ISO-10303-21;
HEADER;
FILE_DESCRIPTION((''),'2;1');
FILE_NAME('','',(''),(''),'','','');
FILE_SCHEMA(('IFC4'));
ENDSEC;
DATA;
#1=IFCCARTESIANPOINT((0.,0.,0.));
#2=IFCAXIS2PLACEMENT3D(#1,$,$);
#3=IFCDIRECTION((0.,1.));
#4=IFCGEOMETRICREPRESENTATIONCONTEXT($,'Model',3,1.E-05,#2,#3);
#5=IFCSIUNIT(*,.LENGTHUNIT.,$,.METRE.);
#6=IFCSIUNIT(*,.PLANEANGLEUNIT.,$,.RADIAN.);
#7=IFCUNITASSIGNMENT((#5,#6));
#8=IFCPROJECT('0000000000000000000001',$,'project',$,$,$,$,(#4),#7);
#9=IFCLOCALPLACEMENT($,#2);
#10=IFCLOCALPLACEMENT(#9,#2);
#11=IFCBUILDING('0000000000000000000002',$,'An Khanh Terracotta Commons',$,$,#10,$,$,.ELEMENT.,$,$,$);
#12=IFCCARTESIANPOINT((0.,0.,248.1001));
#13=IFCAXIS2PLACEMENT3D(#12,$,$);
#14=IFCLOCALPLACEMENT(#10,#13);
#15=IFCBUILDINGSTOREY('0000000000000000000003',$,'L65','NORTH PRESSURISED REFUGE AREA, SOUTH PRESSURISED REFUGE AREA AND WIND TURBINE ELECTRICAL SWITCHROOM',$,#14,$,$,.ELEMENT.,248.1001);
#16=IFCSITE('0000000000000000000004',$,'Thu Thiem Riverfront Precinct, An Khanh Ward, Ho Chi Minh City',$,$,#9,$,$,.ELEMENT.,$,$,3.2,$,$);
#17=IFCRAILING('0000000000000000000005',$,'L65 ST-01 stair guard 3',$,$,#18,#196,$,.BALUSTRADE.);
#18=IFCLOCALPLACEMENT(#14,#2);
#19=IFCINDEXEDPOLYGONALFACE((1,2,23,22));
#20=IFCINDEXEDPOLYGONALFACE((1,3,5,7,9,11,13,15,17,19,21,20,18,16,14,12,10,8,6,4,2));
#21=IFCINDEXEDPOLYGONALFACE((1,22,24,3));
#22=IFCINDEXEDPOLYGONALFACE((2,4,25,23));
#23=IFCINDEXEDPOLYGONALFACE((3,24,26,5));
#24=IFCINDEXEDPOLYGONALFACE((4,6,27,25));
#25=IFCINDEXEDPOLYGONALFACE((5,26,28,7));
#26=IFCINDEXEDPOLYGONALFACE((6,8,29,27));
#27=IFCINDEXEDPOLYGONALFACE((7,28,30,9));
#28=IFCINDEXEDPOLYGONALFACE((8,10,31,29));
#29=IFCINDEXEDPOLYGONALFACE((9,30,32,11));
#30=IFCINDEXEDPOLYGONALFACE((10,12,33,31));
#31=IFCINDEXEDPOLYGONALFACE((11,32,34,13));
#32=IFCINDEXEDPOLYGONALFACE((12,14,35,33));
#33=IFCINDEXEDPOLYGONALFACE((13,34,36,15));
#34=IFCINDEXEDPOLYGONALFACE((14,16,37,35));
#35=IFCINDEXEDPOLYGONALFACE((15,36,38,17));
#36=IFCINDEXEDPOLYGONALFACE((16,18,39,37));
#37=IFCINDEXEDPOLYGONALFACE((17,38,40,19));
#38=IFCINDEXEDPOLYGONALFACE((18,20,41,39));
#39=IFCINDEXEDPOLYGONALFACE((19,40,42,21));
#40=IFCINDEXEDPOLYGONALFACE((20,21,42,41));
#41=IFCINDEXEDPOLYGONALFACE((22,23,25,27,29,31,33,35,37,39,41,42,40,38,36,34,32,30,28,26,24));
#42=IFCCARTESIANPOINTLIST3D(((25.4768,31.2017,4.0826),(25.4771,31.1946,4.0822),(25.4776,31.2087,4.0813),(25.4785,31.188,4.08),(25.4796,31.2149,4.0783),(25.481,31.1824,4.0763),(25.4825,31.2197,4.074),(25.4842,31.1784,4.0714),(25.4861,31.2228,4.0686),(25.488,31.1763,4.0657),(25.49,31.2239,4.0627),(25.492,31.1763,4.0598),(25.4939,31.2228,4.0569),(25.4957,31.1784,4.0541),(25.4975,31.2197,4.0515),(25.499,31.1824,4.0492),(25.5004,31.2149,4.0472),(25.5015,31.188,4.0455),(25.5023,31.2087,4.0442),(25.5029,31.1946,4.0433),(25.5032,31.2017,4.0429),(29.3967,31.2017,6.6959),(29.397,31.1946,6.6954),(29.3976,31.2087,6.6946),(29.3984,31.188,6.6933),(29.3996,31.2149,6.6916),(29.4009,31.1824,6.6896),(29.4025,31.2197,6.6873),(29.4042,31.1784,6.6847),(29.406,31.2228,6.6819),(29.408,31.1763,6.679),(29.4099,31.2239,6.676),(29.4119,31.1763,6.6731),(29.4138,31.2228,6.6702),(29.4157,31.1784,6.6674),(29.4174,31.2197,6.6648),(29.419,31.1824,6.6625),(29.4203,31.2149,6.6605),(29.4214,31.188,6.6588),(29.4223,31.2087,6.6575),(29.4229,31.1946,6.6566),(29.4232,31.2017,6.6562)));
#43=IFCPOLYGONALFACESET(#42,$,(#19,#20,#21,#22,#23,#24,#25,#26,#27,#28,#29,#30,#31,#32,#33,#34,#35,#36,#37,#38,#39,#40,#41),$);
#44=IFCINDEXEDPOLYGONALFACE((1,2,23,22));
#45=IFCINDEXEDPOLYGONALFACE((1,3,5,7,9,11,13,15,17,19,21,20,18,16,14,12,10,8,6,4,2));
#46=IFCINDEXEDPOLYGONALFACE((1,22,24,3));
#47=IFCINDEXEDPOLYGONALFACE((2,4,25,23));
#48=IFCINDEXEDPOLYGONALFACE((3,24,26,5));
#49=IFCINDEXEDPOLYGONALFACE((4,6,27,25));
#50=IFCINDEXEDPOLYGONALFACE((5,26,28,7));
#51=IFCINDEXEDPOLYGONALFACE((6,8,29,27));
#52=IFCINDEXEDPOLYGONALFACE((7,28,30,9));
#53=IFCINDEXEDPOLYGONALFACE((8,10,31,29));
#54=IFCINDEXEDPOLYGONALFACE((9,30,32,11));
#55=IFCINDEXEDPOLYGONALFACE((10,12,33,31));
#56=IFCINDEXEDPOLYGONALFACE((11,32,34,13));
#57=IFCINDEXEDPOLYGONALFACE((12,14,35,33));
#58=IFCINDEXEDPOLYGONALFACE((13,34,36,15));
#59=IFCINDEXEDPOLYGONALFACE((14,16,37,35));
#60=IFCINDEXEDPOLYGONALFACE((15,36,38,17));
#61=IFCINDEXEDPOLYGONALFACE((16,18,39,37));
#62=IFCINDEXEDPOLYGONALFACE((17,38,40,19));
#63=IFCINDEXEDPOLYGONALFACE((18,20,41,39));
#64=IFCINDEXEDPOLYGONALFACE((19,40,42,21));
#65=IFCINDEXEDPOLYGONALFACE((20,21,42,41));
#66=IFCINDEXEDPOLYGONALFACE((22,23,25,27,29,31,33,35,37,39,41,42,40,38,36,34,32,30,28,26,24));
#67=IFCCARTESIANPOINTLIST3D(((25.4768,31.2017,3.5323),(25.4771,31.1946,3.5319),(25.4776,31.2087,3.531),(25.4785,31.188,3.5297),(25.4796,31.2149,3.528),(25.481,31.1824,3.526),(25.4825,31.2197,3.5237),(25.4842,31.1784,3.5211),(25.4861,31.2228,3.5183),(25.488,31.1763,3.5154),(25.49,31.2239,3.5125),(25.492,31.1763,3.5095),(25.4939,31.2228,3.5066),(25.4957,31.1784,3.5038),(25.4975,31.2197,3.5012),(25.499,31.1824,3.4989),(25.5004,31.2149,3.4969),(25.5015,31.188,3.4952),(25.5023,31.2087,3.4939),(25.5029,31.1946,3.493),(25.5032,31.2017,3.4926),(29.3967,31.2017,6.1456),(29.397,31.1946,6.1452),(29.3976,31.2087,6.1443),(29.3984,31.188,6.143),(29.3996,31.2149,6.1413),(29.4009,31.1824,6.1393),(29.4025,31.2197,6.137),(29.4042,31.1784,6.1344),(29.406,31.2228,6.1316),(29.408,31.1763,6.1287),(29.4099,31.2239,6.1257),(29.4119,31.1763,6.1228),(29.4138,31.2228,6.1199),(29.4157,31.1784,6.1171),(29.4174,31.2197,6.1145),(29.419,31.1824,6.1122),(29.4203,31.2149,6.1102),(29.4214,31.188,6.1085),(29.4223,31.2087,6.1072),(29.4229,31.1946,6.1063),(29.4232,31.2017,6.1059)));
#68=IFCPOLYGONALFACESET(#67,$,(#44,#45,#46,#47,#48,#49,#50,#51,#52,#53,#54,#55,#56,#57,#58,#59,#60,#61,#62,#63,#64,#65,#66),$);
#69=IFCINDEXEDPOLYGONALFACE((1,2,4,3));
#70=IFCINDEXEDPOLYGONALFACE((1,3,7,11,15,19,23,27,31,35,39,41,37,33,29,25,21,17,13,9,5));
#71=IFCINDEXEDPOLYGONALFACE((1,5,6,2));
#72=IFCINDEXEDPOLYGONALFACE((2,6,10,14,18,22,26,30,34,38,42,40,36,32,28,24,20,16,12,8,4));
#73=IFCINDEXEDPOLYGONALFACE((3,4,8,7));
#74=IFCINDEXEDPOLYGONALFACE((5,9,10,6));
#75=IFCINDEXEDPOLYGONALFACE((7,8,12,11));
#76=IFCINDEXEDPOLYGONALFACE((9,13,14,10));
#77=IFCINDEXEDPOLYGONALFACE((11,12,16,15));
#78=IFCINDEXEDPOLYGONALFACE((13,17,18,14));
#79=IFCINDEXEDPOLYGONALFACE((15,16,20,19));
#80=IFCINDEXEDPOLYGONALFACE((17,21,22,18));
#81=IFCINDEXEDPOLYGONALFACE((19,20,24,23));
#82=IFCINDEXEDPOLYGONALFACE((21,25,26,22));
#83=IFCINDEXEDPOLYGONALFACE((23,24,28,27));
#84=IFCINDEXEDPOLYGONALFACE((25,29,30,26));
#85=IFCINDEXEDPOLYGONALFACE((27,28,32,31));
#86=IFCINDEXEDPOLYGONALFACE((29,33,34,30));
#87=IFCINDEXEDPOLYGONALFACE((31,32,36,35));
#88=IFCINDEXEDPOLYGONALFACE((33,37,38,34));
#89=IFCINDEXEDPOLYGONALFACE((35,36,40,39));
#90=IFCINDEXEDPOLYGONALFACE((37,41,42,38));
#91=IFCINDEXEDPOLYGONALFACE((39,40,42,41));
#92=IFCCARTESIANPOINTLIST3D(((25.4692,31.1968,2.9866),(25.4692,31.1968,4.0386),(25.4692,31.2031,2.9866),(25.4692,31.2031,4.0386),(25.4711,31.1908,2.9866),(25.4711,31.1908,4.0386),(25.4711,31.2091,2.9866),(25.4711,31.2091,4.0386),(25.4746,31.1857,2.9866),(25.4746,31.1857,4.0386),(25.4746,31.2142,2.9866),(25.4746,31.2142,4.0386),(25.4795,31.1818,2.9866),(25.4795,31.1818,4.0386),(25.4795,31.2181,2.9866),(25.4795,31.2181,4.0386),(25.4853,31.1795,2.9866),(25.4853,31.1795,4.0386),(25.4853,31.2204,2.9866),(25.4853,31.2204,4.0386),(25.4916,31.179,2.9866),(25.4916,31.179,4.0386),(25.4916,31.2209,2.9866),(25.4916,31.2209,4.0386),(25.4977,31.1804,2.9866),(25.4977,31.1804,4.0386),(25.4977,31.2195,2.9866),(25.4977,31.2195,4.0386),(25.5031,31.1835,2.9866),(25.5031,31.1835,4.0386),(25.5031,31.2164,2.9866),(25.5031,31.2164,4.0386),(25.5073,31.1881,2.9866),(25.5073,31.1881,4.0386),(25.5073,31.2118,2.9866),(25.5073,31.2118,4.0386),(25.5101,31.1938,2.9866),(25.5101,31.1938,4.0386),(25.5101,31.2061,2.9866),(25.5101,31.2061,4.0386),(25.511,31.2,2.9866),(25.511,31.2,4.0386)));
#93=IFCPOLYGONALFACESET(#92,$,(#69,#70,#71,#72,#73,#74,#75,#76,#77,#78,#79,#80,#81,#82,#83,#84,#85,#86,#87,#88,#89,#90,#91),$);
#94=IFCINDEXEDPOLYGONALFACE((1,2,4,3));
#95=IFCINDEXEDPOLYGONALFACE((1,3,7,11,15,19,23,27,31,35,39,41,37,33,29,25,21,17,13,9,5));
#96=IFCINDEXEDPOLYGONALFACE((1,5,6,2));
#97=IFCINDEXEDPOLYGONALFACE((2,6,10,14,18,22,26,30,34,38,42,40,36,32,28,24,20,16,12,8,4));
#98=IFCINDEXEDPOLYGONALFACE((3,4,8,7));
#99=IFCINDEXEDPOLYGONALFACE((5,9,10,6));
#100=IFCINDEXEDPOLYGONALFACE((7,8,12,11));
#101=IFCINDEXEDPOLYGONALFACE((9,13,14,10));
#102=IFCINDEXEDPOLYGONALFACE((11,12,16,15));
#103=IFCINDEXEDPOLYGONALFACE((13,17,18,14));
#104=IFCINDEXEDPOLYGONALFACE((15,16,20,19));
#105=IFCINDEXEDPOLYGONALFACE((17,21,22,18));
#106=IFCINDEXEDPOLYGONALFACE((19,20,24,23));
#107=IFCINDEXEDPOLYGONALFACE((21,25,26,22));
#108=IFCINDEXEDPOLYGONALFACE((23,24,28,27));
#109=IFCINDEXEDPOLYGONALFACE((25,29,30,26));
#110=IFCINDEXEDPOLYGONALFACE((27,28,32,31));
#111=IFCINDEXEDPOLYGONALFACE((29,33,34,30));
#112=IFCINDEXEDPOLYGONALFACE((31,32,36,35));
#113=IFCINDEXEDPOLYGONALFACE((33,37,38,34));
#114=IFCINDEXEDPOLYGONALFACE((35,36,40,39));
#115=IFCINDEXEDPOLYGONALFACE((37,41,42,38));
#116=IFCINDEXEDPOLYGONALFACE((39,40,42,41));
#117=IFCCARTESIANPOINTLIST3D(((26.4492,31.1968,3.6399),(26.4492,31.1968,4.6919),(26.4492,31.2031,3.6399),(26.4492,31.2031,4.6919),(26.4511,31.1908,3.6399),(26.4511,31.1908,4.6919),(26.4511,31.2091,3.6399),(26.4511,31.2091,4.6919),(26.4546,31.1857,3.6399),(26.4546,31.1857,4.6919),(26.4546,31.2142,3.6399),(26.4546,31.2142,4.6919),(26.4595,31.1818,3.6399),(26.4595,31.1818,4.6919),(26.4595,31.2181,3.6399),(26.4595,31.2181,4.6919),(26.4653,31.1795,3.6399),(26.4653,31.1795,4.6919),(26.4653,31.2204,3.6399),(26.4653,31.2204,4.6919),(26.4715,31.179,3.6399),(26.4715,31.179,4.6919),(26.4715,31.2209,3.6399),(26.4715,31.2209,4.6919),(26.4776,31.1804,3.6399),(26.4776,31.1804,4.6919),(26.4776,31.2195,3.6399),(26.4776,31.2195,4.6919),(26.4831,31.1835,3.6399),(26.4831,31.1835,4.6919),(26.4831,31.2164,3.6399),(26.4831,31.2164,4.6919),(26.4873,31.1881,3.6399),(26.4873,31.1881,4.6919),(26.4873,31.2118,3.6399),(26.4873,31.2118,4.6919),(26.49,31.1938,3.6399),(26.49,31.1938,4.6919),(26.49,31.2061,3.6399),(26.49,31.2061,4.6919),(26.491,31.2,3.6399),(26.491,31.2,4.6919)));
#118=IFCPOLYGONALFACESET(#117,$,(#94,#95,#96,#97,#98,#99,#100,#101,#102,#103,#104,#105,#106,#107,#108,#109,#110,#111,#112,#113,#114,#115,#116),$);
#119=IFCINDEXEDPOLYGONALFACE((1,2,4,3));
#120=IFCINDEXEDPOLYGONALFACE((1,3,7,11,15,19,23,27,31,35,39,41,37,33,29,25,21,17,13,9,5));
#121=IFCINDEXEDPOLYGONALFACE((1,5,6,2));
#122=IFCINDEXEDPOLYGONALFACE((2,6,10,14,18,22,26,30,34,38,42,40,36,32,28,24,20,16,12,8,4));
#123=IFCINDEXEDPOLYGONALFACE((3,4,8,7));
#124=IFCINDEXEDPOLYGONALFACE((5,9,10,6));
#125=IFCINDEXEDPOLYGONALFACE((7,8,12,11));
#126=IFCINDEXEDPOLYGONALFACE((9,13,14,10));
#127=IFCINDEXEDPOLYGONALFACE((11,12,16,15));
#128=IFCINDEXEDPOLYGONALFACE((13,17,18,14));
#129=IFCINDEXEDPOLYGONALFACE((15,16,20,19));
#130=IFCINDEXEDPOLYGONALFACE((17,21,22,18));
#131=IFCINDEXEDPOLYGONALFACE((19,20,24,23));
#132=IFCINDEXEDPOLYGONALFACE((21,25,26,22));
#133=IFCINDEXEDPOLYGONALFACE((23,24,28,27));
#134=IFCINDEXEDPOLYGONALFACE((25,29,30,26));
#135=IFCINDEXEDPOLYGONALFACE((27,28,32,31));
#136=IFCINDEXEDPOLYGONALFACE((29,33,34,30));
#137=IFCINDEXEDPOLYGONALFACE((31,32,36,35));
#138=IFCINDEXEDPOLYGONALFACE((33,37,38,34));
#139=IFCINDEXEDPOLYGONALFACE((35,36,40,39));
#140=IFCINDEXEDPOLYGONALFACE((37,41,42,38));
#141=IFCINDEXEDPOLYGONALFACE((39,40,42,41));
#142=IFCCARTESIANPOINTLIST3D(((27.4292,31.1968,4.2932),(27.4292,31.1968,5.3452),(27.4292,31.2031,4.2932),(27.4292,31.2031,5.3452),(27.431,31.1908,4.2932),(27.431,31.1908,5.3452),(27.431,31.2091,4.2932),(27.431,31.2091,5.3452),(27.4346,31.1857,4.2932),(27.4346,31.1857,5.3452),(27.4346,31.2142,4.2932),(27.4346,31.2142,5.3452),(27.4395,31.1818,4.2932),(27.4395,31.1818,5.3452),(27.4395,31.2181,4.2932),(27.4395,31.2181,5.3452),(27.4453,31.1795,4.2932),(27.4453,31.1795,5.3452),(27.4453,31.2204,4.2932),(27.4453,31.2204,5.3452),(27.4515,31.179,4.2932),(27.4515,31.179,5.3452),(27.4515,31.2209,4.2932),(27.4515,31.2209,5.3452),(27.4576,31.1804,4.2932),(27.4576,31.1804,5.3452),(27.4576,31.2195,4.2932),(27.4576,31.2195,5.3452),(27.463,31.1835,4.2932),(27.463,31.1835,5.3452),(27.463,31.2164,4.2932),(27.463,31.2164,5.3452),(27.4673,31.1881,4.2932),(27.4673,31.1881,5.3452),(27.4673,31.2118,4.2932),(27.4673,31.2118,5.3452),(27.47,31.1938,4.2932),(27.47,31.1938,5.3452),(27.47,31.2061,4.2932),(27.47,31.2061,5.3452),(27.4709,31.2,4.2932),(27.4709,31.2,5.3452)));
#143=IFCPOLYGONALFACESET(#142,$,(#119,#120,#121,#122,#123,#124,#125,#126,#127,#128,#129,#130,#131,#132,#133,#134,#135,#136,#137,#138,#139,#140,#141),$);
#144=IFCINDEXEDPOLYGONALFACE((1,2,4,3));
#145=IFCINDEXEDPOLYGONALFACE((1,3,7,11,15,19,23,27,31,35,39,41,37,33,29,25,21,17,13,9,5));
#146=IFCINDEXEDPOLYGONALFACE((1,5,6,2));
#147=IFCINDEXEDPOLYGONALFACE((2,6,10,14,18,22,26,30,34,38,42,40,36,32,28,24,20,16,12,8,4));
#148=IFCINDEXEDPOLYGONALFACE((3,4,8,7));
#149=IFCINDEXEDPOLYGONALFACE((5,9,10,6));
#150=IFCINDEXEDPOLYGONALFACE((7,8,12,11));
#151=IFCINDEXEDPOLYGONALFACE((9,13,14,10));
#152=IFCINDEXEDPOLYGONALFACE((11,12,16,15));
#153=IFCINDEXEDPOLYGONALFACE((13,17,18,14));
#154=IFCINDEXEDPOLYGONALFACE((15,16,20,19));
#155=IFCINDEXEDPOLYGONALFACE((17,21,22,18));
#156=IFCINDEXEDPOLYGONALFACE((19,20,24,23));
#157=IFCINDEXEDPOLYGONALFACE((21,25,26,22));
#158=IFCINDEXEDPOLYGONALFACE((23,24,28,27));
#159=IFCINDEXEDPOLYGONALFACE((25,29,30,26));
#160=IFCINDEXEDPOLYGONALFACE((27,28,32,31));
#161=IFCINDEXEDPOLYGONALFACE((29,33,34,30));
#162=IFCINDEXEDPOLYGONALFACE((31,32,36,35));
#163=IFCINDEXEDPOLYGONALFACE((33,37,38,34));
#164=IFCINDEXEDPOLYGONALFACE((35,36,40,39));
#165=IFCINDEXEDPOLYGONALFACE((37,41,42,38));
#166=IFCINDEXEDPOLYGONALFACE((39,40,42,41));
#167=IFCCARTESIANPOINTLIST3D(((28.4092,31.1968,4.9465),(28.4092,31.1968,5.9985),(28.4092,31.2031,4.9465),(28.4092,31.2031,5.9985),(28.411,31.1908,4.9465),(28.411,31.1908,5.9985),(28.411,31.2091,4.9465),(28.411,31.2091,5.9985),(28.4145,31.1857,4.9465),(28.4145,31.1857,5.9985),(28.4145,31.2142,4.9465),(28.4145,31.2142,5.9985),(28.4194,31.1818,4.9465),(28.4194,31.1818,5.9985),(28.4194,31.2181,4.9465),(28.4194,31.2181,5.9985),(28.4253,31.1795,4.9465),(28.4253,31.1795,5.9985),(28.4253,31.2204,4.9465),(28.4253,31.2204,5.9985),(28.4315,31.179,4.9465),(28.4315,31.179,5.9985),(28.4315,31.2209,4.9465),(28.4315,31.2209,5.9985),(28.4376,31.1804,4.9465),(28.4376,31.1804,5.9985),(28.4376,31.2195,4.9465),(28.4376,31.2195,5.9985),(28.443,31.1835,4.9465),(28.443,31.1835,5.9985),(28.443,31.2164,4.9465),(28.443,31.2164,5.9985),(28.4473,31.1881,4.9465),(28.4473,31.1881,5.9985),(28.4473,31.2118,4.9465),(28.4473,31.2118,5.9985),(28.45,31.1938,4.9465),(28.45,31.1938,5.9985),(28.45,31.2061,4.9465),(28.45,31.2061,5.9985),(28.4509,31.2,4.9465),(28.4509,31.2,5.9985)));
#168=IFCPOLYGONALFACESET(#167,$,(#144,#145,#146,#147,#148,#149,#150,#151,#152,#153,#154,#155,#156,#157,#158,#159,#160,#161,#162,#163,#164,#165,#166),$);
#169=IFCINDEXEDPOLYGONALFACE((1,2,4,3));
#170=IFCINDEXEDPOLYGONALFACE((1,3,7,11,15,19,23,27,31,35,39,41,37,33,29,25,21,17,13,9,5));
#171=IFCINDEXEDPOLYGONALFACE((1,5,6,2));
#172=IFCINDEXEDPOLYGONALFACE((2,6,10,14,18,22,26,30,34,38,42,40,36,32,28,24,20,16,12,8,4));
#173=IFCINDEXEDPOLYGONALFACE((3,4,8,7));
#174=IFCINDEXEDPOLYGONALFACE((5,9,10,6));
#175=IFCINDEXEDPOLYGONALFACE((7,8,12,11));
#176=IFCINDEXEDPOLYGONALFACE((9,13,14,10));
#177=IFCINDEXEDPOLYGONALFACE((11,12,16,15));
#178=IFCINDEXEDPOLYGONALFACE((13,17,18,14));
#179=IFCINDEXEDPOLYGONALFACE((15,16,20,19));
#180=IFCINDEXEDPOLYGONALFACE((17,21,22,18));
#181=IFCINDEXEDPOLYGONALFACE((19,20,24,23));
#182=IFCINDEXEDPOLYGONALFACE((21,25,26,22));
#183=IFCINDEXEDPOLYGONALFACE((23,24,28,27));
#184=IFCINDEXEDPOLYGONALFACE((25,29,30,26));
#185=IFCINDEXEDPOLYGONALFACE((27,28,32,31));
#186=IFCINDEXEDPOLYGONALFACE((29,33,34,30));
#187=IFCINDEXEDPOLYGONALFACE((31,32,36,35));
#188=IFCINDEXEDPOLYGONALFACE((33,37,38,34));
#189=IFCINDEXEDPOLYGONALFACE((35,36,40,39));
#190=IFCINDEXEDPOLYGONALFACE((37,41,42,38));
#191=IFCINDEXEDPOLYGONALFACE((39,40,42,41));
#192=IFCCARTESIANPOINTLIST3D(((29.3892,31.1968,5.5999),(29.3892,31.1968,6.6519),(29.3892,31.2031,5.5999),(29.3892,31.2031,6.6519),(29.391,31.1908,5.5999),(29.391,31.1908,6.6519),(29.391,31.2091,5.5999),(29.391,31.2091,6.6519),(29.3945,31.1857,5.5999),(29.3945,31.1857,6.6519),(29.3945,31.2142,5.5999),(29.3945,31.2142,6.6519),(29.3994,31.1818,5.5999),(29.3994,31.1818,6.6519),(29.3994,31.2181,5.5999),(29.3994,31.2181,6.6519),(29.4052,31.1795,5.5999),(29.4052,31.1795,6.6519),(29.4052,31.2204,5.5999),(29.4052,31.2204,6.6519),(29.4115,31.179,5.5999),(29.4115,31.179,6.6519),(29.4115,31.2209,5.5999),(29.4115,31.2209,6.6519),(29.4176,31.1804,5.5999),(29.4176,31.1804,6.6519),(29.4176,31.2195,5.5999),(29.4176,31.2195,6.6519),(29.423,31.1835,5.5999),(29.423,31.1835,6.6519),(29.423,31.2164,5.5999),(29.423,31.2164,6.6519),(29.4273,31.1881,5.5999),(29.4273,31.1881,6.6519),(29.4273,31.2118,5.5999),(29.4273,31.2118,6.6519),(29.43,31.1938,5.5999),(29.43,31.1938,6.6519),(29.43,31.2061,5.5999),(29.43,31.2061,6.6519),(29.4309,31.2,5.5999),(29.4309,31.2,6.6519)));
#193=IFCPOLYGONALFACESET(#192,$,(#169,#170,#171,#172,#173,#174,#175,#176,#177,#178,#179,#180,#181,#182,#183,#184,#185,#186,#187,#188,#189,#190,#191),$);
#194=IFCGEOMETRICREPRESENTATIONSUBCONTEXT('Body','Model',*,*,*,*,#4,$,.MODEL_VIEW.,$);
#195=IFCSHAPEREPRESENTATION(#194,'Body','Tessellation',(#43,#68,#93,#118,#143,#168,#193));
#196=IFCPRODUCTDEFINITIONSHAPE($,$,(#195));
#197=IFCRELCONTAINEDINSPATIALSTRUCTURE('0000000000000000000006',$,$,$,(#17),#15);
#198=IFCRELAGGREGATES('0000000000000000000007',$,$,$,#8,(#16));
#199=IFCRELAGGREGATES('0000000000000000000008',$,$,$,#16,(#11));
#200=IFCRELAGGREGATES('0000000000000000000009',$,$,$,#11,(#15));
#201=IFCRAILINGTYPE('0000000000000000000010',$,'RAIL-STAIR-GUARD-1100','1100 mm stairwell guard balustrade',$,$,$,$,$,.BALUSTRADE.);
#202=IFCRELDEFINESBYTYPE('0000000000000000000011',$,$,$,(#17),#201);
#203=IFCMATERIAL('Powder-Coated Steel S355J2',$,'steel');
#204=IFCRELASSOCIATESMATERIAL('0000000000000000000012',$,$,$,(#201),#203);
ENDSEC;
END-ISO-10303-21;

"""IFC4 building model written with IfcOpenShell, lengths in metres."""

from ifc_helpers import new_model, si_unit, direction, frame, origin, origin_2d, place, context, subcontext, project, spatial, circle, extrude, material, type_object, element, save


model = new_model("IFC4")

# Units and contexts
model_context = context("Model", 3, precision=1e-05, world=origin(), true_north=direction((0.0, 1.0)))
body_context = subcontext(model_context, "Body", "Model", "MODEL_VIEW")
ifc_project = project(units=[si_unit("LENGTHUNIT", "METRE"), si_unit("PLANEANGLEUNIT", "RADIAN")], contexts=[model_context])

# Site, building, storey
site_placement = place(None, origin())
site = spatial("IfcSite", under=ifc_project, at=site_placement, Name="Thu Thiem Riverfront Precinct, An Khanh Ward, Ho Chi Minh City", CompositionType="ELEMENT", RefElevation=3.2)
building_placement = place(site_placement, origin())
building = spatial("IfcBuilding", under=site, at=building_placement, Name="An Khanh Terracotta Commons", CompositionType="ELEMENT")
storey_placement = place(building_placement, frame((0.0, 0.0, 248.1001)))
storey = spatial("IfcBuildingStorey", under=building, at=storey_placement, Name="L65", Description="NORTH PRESSURISED REFUGE AREA, SOUTH PRESSURISED REFUGE AREA AND WIND TURBINE ELECTRICAL SWITCHROOM", CompositionType="ELEMENT", Elevation=248.1001)

# Railing
ifc_material_1 = material(Name="Powder-Coated Steel S355J2", Category="steel")
railing_type_1 = type_object("IfcRailingType", Name="RAIL-STAIR-GUARD-1100", Description="1100 mm stairwell guard balustrade", PredefinedType="BALUSTRADE", material=ifc_material_1)
railing_1_placement = place(storey_placement, frame((25.49, 31.2, 2.9866)))
element("IfcRailing", 1, at=railing_1_placement, inside=storey, type_object=railing_type_1, Name="L65 ST-01 stair guard 3", PredefinedType="BALUSTRADE", context=body_context, shape_type="SweptSolid", body=[
    extrude(circle(Radius=0.0239, at=origin_2d()), frame((0.0, 0.0, 1.0762), z_axis=(0.83205, 0.0, 0.5547), x_axis=(0.0, 1.0, 0.0)), (0.0, 0.0, 1.0), 4.7112),
    extrude(circle(Radius=0.0239, at=origin_2d()), frame((0.0, 0.0, 0.5259), z_axis=(0.83205, 0.0, 0.5547), x_axis=(0.0, 1.0, 0.0)), (0.0, 0.0, 1.0), 4.7112),
    extrude(circle(Radius=0.021, at=origin_2d()), origin(), (0.0, 0.0, 1.0), 1.052),
    extrude(circle(Radius=0.021, at=origin_2d()), frame((0.98, 0.0, 0.6533)), (0.0, 0.0, 1.0), 1.052),
    extrude(circle(Radius=0.021, at=origin_2d()), frame((1.96, 0.0, 1.3066)), (0.0, 0.0, 1.0), 1.052),
    extrude(circle(Radius=0.021, at=origin_2d()), frame((2.9399, 0.0, 1.96)), (0.0, 0.0, 1.0), 1.052),
    extrude(circle(Radius=0.021, at=origin_2d()), frame((3.9199, 0.0, 2.6133)), (0.0, 0.0, 1.0), 1.052),
])

save(model, "model.ifc")
